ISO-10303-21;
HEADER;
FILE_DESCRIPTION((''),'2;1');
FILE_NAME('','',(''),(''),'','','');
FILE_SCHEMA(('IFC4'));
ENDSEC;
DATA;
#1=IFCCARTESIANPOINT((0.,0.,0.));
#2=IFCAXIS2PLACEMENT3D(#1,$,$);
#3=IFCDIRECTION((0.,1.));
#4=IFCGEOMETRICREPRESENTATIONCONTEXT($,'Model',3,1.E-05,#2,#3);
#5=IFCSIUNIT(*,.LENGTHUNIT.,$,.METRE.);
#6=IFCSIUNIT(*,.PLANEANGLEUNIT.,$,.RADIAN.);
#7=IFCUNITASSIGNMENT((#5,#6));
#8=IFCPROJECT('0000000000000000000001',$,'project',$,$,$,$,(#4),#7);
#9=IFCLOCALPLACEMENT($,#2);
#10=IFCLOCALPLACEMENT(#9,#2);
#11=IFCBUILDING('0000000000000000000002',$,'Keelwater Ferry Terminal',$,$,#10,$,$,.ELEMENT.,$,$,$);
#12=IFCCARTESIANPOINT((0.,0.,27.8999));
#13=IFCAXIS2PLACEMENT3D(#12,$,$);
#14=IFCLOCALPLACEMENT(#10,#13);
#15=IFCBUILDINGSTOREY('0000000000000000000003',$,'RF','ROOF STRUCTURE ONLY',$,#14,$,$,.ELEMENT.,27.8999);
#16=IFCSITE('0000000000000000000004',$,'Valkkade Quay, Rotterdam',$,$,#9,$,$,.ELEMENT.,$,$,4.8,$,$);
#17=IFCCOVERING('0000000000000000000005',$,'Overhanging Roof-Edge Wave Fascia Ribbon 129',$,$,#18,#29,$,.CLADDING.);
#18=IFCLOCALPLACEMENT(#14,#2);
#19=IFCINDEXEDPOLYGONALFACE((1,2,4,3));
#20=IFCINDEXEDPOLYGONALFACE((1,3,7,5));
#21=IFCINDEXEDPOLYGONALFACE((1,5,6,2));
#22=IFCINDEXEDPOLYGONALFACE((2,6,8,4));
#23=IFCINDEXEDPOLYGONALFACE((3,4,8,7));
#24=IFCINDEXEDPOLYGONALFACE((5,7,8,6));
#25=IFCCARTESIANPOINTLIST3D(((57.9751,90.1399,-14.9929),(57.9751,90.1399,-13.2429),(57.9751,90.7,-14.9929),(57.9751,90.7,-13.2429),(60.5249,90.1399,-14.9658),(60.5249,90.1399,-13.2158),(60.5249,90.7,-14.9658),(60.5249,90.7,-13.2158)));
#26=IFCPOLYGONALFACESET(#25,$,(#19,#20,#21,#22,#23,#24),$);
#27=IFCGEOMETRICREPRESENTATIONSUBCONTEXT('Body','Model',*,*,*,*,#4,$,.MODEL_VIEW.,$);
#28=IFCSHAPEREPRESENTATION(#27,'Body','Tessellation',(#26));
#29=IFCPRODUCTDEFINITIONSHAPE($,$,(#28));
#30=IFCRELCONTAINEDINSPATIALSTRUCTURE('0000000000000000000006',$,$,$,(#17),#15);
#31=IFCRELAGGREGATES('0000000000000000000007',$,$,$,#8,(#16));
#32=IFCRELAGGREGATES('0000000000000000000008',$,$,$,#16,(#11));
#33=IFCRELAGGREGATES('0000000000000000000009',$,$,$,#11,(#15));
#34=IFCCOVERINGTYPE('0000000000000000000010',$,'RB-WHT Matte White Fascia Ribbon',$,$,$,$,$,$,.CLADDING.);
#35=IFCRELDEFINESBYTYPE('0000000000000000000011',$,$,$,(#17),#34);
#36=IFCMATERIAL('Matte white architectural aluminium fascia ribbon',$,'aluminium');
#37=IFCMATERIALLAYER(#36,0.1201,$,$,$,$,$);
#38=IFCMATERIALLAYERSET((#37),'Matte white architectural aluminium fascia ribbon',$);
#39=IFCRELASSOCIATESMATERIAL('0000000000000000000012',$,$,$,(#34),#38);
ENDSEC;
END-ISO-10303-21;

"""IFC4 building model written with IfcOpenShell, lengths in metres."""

from ifc_helpers import new_model, si_unit, direction, frame, origin, place, context, subcontext, project, spatial, polyline, outline, extrude, material, layer, layer_set, type_object, element, save


model = new_model("IFC4")

# Units and contexts
model_context = context("Model", 3, precision=1e-05, world=origin(), true_north=direction((0.0, 1.0)))
body_context = subcontext(model_context, "Body", "Model", "MODEL_VIEW")
ifc_project = project(units=[si_unit("LENGTHUNIT", "METRE"), si_unit("PLANEANGLEUNIT", "RADIAN")], contexts=[model_context])

# Site, building, storey
site_placement = place(None, origin())
site = spatial("IfcSite", under=ifc_project, at=site_placement, Name="Valkkade Quay, Rotterdam", CompositionType="ELEMENT", RefElevation=4.8)
building_placement = place(site_placement, origin())
building = spatial("IfcBuilding", under=site, at=building_placement, Name="Keelwater Ferry Terminal", CompositionType="ELEMENT")
storey_placement = place(building_placement, frame((0.0, 0.0, 27.8999)))
storey = spatial("IfcBuildingStorey", under=building, at=storey_placement, Name="RF", Description="ROOF STRUCTURE ONLY", CompositionType="ELEMENT", Elevation=27.8999)

# Covering
ifc_material_1 = material(Name="Matte white architectural aluminium fascia ribbon", Category="aluminium")
ifc_layer_1 = layer(ifc_material_1, 0.1201)
ifc_layer_set_1 = layer_set([ifc_layer_1], Name="Matte white architectural aluminium fascia ribbon")
covering_type = type_object("IfcCoveringType", Name="RB-WHT Matte White Fascia Ribbon", PredefinedType="CLADDING", material=ifc_layer_set_1)
covering_1_placement = place(storey_placement, frame((60.5249, 90.4199, -14.9929), z_axis=(0.0, 0.0, 1.0), x_axis=(-1.0, 0.0, 0.0)))
element("IfcCovering", 1, at=covering_1_placement, inside=storey, type_object=covering_type, Name="Overhanging Roof-Edge Wave Fascia Ribbon 129", PredefinedType="CLADDING", context=body_context, shape_type="SweptSolid", body=[
    extrude(outline(polyline([(0.0, 0.0271), (2.5498, 0.0), (2.5498, 1.75), (0.0, 1.7771), (0.0, 0.0271)])), frame((0.0, 0.28, 0.0), z_axis=(0.0, -1.0, 0.0), x_axis=(1.0, 0.0, 0.0)), (0.0, 0.0, 1.0), 0.5601),
])

save(model, "model.ifc")
